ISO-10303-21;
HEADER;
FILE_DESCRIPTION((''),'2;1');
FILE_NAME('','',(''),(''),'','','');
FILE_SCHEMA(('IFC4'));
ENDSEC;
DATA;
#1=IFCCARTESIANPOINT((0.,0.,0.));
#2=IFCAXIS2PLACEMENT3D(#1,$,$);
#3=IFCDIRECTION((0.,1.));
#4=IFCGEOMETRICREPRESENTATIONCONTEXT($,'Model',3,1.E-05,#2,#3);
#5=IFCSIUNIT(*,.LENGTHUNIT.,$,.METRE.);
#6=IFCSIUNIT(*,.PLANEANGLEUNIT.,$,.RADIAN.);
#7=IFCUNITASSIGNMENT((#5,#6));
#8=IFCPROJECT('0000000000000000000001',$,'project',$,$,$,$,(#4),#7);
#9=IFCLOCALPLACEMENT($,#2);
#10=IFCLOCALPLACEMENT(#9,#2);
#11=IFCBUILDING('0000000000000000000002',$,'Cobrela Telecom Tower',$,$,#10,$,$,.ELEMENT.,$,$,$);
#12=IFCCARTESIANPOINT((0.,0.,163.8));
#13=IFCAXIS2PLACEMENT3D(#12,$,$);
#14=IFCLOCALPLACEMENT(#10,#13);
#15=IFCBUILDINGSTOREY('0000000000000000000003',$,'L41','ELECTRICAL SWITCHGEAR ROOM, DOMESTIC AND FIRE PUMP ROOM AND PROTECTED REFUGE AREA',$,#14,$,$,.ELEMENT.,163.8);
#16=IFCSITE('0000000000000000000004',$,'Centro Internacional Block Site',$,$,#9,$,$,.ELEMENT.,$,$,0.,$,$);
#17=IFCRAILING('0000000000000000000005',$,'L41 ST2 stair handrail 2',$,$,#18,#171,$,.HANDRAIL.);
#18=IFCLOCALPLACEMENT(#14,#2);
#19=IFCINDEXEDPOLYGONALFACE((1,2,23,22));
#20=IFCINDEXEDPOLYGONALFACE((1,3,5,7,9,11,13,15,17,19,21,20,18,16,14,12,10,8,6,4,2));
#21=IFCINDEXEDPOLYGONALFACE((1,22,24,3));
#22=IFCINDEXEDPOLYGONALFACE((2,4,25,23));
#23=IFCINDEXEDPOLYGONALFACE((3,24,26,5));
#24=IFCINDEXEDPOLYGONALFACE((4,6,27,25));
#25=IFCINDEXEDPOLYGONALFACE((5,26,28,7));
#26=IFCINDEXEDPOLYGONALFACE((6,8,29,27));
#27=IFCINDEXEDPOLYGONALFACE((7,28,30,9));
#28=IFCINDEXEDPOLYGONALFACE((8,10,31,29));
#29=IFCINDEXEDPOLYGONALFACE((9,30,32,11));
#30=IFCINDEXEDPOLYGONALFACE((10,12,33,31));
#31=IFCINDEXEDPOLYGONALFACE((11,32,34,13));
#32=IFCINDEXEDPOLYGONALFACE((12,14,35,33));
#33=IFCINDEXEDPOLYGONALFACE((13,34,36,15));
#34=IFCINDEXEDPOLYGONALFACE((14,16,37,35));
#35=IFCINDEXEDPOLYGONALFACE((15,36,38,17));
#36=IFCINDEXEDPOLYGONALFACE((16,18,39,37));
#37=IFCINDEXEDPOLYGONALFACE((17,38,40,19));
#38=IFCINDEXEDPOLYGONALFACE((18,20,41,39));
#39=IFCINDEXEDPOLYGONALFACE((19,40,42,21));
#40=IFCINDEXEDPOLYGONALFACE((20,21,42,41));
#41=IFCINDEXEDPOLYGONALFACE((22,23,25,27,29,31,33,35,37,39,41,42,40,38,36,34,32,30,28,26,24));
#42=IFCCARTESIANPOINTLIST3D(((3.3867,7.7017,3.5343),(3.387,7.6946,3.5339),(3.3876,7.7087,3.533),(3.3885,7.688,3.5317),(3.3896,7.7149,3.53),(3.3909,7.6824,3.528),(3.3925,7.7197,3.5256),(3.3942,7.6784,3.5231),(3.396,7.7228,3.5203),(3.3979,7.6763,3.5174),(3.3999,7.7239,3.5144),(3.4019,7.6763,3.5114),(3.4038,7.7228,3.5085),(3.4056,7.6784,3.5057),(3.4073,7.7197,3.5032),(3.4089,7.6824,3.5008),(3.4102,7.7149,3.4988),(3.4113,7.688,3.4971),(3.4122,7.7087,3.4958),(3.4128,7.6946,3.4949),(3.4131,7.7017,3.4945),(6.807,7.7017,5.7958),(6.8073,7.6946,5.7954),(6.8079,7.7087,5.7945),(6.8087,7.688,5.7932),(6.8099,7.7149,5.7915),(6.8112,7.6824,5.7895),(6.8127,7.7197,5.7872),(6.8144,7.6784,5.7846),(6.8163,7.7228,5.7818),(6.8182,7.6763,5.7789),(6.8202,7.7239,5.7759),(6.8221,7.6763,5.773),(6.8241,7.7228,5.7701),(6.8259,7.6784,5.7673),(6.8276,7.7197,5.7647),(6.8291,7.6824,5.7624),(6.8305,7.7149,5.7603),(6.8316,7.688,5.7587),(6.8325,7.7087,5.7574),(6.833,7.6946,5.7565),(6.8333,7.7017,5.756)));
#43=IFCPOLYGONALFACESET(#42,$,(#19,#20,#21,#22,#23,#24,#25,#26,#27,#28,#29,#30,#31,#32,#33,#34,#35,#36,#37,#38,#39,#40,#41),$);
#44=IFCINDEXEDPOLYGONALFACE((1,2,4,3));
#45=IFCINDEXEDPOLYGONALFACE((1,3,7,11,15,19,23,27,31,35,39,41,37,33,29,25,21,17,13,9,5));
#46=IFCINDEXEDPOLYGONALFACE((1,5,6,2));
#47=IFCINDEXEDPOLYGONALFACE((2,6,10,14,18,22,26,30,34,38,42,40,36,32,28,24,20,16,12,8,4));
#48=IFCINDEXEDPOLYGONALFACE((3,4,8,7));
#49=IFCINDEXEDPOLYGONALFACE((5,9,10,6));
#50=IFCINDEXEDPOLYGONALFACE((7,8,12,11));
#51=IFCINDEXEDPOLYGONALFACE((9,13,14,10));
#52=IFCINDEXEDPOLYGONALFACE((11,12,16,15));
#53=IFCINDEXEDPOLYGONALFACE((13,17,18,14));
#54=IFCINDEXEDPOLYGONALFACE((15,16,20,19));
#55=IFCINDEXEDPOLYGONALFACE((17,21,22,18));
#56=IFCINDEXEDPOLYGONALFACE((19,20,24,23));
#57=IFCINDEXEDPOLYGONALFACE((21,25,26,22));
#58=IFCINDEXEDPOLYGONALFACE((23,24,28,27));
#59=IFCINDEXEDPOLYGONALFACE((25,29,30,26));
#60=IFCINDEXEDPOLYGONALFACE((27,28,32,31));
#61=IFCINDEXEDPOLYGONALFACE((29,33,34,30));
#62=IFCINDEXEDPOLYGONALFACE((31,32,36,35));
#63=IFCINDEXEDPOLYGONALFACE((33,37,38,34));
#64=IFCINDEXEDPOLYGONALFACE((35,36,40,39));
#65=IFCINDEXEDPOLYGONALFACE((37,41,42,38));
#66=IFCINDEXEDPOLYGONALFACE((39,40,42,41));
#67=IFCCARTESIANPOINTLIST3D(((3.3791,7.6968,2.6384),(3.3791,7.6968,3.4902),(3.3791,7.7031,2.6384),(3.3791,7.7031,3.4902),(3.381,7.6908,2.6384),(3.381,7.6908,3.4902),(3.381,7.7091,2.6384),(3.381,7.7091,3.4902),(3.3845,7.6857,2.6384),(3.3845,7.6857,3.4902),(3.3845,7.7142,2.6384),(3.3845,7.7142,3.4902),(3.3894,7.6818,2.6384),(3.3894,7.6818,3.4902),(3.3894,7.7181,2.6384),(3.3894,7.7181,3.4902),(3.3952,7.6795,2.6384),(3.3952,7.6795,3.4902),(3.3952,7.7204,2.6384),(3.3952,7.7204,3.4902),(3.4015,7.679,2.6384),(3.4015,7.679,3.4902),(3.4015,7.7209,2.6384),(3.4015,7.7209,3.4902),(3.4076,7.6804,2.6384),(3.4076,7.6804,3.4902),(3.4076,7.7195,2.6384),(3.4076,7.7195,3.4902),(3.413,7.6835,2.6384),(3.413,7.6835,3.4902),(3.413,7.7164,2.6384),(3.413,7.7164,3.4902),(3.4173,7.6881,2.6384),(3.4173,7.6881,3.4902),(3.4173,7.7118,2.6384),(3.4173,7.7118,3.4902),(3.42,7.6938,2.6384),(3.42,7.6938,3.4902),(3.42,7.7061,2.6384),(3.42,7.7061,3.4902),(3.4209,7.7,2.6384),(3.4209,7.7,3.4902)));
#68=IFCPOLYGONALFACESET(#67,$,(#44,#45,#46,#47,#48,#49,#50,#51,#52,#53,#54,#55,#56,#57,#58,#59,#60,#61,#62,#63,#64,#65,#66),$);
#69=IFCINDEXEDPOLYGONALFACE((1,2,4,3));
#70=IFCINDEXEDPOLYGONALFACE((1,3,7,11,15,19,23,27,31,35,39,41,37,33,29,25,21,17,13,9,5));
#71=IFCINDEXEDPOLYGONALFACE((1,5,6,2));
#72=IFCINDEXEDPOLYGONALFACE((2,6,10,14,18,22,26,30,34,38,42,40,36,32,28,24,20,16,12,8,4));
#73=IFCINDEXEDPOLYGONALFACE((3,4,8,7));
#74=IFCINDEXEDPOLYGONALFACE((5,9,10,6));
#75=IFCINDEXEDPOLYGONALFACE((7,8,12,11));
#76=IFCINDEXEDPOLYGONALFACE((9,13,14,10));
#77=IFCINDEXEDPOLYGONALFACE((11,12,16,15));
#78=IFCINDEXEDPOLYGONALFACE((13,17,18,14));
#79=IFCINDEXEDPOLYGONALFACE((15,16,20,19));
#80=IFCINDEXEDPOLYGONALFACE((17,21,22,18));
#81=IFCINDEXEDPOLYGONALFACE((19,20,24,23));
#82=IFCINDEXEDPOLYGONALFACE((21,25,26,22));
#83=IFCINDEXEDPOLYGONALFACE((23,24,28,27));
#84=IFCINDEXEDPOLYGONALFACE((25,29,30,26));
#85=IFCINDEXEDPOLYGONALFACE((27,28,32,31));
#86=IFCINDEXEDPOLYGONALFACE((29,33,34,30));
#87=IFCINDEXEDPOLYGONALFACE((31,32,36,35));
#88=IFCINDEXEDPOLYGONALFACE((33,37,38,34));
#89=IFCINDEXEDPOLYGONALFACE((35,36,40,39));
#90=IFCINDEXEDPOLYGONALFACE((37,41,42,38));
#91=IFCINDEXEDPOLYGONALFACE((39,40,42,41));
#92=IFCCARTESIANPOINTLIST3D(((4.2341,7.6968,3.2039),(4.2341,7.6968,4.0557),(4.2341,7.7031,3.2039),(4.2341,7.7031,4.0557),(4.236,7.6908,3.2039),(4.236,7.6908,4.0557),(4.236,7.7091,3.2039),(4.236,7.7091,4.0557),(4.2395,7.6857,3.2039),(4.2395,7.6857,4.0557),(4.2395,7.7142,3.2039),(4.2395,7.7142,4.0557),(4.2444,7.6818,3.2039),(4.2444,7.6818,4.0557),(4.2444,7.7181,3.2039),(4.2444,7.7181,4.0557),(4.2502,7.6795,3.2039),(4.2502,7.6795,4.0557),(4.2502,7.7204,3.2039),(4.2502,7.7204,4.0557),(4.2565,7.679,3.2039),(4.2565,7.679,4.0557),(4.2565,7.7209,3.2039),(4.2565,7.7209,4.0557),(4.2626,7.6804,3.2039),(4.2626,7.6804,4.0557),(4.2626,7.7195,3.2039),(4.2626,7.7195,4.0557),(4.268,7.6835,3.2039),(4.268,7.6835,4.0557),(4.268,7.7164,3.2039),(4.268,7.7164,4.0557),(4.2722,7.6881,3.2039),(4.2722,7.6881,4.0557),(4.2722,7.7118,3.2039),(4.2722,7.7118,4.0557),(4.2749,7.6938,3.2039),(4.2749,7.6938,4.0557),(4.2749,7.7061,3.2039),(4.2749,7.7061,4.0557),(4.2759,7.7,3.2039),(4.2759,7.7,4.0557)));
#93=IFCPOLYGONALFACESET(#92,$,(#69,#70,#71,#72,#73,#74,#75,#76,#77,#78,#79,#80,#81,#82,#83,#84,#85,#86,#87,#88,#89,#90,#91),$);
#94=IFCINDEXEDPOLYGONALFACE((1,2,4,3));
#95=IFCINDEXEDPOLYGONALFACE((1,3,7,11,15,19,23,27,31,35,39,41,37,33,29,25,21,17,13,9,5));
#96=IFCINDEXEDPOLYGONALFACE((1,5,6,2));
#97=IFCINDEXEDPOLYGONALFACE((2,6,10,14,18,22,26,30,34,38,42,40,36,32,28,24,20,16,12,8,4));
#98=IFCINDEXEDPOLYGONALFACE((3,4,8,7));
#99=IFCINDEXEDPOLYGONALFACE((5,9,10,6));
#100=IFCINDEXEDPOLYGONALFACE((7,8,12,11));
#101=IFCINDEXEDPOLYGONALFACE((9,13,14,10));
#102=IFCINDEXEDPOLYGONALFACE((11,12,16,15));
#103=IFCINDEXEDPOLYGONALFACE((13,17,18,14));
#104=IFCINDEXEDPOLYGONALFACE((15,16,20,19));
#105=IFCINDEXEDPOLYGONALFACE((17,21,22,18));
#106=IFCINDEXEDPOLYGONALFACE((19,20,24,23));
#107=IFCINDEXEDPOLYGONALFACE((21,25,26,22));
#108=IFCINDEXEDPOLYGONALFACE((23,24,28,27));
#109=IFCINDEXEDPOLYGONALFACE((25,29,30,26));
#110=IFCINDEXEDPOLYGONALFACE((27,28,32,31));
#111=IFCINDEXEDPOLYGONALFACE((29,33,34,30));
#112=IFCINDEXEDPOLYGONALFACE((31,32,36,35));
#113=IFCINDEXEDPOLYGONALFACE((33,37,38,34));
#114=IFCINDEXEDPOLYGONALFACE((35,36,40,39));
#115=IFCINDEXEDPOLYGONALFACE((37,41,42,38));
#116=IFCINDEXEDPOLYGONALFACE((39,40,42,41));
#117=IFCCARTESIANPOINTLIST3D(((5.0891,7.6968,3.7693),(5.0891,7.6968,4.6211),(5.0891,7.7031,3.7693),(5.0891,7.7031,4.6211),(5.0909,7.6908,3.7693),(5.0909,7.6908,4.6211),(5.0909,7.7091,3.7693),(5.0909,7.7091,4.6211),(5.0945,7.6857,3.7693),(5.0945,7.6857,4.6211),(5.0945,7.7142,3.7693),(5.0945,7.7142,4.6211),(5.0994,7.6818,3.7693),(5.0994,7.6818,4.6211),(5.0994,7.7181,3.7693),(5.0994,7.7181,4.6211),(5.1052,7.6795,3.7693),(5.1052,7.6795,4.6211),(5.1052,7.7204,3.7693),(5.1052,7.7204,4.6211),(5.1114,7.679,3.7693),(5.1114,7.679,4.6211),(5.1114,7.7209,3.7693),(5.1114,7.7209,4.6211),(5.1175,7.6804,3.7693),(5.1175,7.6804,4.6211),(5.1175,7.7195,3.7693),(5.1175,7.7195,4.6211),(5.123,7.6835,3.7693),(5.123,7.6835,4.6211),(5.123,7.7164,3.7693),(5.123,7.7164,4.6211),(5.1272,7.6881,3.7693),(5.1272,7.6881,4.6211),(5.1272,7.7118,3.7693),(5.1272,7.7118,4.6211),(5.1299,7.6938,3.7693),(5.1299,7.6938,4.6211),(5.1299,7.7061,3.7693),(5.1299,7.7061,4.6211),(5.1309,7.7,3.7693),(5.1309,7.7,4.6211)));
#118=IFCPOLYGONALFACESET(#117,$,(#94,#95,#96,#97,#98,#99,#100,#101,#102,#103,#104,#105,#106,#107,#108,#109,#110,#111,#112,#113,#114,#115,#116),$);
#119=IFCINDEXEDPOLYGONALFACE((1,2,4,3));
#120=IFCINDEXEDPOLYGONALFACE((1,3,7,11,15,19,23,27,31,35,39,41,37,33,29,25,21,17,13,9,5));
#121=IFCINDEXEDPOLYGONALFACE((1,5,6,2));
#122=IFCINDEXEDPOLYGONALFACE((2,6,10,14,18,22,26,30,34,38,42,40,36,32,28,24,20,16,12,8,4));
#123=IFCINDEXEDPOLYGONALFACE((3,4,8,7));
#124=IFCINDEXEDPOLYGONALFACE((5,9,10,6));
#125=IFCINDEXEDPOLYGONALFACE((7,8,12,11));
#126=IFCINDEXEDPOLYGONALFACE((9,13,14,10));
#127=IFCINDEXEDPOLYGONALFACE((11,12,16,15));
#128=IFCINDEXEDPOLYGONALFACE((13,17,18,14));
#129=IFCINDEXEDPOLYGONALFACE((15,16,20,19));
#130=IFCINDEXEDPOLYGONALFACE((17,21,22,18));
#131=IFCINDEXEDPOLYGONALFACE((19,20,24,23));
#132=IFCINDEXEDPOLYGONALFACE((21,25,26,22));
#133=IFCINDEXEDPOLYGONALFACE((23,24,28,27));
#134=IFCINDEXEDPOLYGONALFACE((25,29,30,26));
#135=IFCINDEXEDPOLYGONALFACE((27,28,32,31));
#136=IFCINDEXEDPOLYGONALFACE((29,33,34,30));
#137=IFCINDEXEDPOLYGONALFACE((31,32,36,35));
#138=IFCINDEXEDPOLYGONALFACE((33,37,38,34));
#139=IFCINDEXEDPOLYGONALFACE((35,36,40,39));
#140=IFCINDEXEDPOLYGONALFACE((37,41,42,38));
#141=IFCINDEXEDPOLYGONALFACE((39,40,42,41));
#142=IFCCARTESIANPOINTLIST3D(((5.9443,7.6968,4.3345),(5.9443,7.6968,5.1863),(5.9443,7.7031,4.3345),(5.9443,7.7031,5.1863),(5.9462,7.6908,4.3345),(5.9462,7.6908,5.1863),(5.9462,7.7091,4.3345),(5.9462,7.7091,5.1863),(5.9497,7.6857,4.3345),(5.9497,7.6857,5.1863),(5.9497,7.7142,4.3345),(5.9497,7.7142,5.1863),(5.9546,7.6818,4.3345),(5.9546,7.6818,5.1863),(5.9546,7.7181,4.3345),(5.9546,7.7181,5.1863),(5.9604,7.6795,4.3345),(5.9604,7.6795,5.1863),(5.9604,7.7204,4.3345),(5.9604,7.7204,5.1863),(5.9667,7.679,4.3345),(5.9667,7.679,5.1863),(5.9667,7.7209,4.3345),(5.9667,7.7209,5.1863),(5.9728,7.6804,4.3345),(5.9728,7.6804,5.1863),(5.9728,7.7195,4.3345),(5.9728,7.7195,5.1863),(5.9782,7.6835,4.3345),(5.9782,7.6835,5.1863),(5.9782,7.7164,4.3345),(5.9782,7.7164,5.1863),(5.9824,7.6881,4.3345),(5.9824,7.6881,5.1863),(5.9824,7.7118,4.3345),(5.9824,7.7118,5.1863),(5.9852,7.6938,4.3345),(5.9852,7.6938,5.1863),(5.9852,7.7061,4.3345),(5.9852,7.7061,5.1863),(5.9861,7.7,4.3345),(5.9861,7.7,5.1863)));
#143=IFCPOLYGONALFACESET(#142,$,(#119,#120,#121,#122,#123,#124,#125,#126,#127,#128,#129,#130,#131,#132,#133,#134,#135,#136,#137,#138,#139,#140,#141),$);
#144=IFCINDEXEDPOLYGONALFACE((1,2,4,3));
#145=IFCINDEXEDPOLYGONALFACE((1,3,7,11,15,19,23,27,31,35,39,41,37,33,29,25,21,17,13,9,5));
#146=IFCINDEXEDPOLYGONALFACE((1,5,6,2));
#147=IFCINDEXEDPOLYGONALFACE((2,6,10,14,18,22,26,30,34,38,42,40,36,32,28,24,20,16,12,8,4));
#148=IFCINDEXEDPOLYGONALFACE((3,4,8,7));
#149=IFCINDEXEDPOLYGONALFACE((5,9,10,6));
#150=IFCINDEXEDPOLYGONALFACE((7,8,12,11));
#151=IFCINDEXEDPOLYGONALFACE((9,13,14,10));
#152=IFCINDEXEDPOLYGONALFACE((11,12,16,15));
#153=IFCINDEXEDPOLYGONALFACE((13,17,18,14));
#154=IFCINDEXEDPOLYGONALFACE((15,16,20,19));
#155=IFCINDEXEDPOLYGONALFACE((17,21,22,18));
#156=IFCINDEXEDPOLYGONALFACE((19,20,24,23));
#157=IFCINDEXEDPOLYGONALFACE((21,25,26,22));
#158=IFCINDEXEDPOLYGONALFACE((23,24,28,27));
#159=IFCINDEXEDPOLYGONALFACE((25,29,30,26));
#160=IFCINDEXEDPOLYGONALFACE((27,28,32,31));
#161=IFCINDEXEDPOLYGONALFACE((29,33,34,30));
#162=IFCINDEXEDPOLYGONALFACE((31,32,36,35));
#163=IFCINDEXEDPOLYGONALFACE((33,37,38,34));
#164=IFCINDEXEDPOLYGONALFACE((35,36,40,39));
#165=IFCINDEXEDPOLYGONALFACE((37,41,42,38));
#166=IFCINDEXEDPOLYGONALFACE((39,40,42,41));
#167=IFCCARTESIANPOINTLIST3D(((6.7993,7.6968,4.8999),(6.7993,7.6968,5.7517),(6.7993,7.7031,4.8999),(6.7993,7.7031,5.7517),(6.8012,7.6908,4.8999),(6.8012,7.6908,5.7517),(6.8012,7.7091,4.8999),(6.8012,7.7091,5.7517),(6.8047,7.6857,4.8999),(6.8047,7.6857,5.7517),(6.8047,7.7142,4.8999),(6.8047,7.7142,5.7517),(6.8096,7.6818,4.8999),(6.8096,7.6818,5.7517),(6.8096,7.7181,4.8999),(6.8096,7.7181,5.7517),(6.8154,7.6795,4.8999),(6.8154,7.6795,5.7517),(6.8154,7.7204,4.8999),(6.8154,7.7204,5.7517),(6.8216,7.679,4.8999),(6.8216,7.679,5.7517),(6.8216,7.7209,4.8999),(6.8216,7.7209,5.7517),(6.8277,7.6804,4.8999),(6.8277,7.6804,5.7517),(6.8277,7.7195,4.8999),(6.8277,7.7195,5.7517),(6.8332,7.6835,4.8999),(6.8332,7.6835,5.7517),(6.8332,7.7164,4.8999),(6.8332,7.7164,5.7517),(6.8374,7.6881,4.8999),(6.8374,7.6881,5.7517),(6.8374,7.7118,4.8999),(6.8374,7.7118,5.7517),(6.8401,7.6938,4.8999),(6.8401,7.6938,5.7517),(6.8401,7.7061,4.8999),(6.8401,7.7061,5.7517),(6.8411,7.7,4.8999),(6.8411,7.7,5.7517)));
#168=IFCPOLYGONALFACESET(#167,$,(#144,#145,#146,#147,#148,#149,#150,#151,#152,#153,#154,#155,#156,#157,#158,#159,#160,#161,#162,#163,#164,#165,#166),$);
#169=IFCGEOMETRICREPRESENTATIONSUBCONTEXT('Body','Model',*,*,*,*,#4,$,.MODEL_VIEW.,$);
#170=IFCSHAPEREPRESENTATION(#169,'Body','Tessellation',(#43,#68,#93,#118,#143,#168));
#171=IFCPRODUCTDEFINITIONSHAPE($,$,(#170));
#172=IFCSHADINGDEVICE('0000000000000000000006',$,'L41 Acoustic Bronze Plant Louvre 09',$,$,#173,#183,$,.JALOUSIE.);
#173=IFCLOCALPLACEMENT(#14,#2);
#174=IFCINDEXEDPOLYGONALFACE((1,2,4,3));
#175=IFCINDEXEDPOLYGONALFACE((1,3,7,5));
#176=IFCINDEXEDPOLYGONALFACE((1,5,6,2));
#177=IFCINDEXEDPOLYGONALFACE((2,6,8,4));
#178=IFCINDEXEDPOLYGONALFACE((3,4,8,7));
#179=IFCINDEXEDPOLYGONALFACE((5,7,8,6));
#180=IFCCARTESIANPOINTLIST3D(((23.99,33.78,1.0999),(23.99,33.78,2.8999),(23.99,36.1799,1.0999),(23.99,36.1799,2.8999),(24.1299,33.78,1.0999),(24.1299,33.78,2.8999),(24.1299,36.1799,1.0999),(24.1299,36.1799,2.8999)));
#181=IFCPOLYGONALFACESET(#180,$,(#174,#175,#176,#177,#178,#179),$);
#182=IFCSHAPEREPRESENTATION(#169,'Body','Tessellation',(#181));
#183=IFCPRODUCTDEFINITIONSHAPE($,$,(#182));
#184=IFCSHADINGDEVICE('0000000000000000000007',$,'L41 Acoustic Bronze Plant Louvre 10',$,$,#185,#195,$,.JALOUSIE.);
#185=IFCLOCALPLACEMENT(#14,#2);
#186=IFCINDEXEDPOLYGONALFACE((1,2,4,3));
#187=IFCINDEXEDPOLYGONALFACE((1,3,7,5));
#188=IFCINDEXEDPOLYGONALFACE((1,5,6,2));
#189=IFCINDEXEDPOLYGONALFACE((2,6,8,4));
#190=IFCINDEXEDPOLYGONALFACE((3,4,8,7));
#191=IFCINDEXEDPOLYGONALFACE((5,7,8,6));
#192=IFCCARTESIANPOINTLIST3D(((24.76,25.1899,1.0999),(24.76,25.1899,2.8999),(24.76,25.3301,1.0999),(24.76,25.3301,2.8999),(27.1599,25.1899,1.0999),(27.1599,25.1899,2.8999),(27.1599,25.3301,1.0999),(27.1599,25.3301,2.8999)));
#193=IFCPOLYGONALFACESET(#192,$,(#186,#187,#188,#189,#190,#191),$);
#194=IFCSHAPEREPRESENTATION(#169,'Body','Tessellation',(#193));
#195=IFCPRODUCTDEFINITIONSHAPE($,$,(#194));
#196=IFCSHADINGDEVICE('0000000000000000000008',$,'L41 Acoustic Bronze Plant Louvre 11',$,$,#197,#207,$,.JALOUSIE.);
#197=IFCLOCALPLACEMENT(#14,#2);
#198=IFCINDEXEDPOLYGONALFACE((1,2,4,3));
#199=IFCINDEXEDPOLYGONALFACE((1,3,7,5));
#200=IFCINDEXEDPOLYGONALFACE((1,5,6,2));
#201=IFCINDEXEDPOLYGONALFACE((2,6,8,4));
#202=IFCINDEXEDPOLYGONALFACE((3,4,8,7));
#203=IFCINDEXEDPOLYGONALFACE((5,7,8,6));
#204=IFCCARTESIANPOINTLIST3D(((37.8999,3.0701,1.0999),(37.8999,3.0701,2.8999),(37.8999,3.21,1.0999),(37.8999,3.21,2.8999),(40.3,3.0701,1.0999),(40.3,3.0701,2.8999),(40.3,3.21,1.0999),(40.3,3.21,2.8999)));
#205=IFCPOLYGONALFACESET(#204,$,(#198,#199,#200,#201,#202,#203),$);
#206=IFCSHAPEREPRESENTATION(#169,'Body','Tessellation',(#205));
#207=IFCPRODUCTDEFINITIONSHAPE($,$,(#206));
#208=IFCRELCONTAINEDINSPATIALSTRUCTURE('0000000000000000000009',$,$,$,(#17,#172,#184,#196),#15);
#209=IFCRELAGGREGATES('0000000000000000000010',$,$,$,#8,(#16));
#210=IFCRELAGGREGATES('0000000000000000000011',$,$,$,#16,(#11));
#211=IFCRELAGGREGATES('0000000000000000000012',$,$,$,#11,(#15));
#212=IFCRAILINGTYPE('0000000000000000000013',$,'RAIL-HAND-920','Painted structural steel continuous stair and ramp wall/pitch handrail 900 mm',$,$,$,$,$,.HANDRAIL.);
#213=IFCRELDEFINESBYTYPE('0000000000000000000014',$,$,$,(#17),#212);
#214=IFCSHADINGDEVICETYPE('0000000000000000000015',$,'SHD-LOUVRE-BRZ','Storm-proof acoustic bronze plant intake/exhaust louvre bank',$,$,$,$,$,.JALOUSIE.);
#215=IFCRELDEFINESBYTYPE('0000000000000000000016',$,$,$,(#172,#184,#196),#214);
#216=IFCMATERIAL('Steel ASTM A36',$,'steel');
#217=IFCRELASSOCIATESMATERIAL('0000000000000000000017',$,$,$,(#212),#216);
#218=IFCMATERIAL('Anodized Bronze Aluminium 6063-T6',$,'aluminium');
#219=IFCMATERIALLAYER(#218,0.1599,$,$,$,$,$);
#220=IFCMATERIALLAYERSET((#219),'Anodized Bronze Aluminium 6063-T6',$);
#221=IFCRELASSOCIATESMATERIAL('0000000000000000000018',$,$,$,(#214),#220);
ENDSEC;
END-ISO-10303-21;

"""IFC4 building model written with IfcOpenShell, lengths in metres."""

from ifc_helpers import new_model, si_unit, direction, frame, origin, origin_2d, place, context, subcontext, project, spatial, polyline, circle, outline, extrude, material, layer, layer_set, type_object, element, save


model = new_model("IFC4")

# Units and contexts
model_context = context("Model", 3, precision=1e-05, world=origin(), true_north=direction((0.0, 1.0)))
body_context = subcontext(model_context, "Body", "Model", "MODEL_VIEW")
ifc_project = project(units=[si_unit("LENGTHUNIT", "METRE"), si_unit("PLANEANGLEUNIT", "RADIAN")], contexts=[model_context])

# Site, building, storey
site_placement = place(None, origin())
site = spatial("IfcSite", under=ifc_project, at=site_placement, Name="Centro Internacional Block Site", CompositionType="ELEMENT", RefElevation=0.0)
building_placement = place(site_placement, origin())
building = spatial("IfcBuilding", under=site, at=building_placement, Name="Cobrela Telecom Tower", CompositionType="ELEMENT")
storey_placement = place(building_placement, frame((0.0, 0.0, 163.8)))
storey = spatial("IfcBuildingStorey", under=building, at=storey_placement, Name="L41", Description="ELECTRICAL SWITCHGEAR ROOM, DOMESTIC AND FIRE PUMP ROOM AND PROTECTED REFUGE AREA", CompositionType="ELEMENT", Elevation=163.8)

# Railing
ifc_material_1 = material(Name="Steel ASTM A36", Category="steel")
railing_type_1 = type_object("IfcRailingType", Name="RAIL-HAND-920", Description="Painted structural steel continuous stair and ramp wall/pitch handrail 900 mm", PredefinedType="HANDRAIL", material=ifc_material_1)
railing_1_placement = place(storey_placement, frame((3.3999, 7.7, 2.6384)))
element("IfcRailing", 1, at=railing_1_placement, inside=storey, type_object=railing_type_1, Name="L41 ST2 stair handrail 2", PredefinedType="HANDRAIL", context=body_context, shape_type="SweptSolid", body=[
    extrude(circle(Radius=0.0239, at=origin_2d()), frame((0.0, 0.0, 0.876), z_axis=(0.834142, 0.0, 0.55155), x_axis=(0.0, 1.0, 0.0)), (0.0, 0.0, 1.0), 4.1003),
    extrude(circle(Radius=0.021, at=origin_2d()), origin(), (0.0, 0.0, 1.0), 0.8518),
    extrude(circle(Radius=0.021, at=origin_2d()), frame((0.855, 0.0, 0.5654)), (0.0, 0.0, 1.0), 0.8518),
    extrude(circle(Radius=0.021, at=origin_2d()), frame((1.71, 0.0, 1.1309)), (0.0, 0.0, 1.0), 0.8518),
    extrude(circle(Radius=0.021, at=origin_2d()), frame((2.5652, 0.0, 1.696)), (0.0, 0.0, 1.0), 0.8518),
    extrude(circle(Radius=0.021, at=origin_2d()), frame((3.4202, 0.0, 2.2615)), (0.0, 0.0, 1.0), 0.8518),
])

# Shading devices
ifc_material_2 = material(Name="Anodized Bronze Aluminium 6063-T6", Category="aluminium")
ifc_layer_1 = layer(ifc_material_2, 0.1599)
ifc_layer_set_1 = layer_set([ifc_layer_1], Name="Anodized Bronze Aluminium 6063-T6")
shading_device_type = type_object("IfcShadingDeviceType", Name="SHD-LOUVRE-BRZ", Description="Storm-proof acoustic bronze plant intake/exhaust louvre bank", PredefinedType="JALOUSIE", material=ifc_layer_set_1)
shading_device_1_placement = place(storey_placement, frame((0.0, 0.0, 1.0999)))
element("IfcShadingDevice", 2, at=shading_device_1_placement, inside=storey, type_object=shading_device_type, Name="L41 Acoustic Bronze Plant Louvre 09", PredefinedType="JALOUSIE", context=body_context, shape_type="SweptSolid", body=[
    extrude(outline(polyline([(23.99, 36.1799), (23.99, 33.78), (24.1299, 33.78), (24.1299, 36.1799), (23.99, 36.1799)])), origin(), (0.0, 0.0, 1.0), 1.8),
])
shading_device_2_placement = place(storey_placement, frame((0.0, 0.0, 1.0999)))
element("IfcShadingDevice", 3, at=shading_device_2_placement, inside=storey, type_object=shading_device_type, Name="L41 Acoustic Bronze Plant Louvre 10", PredefinedType="JALOUSIE", context=body_context, shape_type="SweptSolid", body=[
    extrude(outline(polyline([(24.76, 25.1899), (27.1599, 25.1899), (27.1599, 25.3301), (24.76, 25.3301), (24.76, 25.1899)])), origin(), (0.0, 0.0, 1.0), 1.8),
])
shading_device_3_placement = place(storey_placement, frame((0.0, 0.0, 1.0999)))
element("IfcShadingDevice", 4, at=shading_device_3_placement, inside=storey, type_object=shading_device_type, Name="L41 Acoustic Bronze Plant Louvre 11", PredefinedType="JALOUSIE", context=body_context, shape_type="SweptSolid", body=[
    extrude(outline(polyline([(40.3, 3.21), (37.8999, 3.21), (37.8999, 3.0701), (40.3, 3.0701), (40.3, 3.21)])), origin(), (0.0, 0.0, 1.0), 1.8),
])

save(model, "model.ifc")
